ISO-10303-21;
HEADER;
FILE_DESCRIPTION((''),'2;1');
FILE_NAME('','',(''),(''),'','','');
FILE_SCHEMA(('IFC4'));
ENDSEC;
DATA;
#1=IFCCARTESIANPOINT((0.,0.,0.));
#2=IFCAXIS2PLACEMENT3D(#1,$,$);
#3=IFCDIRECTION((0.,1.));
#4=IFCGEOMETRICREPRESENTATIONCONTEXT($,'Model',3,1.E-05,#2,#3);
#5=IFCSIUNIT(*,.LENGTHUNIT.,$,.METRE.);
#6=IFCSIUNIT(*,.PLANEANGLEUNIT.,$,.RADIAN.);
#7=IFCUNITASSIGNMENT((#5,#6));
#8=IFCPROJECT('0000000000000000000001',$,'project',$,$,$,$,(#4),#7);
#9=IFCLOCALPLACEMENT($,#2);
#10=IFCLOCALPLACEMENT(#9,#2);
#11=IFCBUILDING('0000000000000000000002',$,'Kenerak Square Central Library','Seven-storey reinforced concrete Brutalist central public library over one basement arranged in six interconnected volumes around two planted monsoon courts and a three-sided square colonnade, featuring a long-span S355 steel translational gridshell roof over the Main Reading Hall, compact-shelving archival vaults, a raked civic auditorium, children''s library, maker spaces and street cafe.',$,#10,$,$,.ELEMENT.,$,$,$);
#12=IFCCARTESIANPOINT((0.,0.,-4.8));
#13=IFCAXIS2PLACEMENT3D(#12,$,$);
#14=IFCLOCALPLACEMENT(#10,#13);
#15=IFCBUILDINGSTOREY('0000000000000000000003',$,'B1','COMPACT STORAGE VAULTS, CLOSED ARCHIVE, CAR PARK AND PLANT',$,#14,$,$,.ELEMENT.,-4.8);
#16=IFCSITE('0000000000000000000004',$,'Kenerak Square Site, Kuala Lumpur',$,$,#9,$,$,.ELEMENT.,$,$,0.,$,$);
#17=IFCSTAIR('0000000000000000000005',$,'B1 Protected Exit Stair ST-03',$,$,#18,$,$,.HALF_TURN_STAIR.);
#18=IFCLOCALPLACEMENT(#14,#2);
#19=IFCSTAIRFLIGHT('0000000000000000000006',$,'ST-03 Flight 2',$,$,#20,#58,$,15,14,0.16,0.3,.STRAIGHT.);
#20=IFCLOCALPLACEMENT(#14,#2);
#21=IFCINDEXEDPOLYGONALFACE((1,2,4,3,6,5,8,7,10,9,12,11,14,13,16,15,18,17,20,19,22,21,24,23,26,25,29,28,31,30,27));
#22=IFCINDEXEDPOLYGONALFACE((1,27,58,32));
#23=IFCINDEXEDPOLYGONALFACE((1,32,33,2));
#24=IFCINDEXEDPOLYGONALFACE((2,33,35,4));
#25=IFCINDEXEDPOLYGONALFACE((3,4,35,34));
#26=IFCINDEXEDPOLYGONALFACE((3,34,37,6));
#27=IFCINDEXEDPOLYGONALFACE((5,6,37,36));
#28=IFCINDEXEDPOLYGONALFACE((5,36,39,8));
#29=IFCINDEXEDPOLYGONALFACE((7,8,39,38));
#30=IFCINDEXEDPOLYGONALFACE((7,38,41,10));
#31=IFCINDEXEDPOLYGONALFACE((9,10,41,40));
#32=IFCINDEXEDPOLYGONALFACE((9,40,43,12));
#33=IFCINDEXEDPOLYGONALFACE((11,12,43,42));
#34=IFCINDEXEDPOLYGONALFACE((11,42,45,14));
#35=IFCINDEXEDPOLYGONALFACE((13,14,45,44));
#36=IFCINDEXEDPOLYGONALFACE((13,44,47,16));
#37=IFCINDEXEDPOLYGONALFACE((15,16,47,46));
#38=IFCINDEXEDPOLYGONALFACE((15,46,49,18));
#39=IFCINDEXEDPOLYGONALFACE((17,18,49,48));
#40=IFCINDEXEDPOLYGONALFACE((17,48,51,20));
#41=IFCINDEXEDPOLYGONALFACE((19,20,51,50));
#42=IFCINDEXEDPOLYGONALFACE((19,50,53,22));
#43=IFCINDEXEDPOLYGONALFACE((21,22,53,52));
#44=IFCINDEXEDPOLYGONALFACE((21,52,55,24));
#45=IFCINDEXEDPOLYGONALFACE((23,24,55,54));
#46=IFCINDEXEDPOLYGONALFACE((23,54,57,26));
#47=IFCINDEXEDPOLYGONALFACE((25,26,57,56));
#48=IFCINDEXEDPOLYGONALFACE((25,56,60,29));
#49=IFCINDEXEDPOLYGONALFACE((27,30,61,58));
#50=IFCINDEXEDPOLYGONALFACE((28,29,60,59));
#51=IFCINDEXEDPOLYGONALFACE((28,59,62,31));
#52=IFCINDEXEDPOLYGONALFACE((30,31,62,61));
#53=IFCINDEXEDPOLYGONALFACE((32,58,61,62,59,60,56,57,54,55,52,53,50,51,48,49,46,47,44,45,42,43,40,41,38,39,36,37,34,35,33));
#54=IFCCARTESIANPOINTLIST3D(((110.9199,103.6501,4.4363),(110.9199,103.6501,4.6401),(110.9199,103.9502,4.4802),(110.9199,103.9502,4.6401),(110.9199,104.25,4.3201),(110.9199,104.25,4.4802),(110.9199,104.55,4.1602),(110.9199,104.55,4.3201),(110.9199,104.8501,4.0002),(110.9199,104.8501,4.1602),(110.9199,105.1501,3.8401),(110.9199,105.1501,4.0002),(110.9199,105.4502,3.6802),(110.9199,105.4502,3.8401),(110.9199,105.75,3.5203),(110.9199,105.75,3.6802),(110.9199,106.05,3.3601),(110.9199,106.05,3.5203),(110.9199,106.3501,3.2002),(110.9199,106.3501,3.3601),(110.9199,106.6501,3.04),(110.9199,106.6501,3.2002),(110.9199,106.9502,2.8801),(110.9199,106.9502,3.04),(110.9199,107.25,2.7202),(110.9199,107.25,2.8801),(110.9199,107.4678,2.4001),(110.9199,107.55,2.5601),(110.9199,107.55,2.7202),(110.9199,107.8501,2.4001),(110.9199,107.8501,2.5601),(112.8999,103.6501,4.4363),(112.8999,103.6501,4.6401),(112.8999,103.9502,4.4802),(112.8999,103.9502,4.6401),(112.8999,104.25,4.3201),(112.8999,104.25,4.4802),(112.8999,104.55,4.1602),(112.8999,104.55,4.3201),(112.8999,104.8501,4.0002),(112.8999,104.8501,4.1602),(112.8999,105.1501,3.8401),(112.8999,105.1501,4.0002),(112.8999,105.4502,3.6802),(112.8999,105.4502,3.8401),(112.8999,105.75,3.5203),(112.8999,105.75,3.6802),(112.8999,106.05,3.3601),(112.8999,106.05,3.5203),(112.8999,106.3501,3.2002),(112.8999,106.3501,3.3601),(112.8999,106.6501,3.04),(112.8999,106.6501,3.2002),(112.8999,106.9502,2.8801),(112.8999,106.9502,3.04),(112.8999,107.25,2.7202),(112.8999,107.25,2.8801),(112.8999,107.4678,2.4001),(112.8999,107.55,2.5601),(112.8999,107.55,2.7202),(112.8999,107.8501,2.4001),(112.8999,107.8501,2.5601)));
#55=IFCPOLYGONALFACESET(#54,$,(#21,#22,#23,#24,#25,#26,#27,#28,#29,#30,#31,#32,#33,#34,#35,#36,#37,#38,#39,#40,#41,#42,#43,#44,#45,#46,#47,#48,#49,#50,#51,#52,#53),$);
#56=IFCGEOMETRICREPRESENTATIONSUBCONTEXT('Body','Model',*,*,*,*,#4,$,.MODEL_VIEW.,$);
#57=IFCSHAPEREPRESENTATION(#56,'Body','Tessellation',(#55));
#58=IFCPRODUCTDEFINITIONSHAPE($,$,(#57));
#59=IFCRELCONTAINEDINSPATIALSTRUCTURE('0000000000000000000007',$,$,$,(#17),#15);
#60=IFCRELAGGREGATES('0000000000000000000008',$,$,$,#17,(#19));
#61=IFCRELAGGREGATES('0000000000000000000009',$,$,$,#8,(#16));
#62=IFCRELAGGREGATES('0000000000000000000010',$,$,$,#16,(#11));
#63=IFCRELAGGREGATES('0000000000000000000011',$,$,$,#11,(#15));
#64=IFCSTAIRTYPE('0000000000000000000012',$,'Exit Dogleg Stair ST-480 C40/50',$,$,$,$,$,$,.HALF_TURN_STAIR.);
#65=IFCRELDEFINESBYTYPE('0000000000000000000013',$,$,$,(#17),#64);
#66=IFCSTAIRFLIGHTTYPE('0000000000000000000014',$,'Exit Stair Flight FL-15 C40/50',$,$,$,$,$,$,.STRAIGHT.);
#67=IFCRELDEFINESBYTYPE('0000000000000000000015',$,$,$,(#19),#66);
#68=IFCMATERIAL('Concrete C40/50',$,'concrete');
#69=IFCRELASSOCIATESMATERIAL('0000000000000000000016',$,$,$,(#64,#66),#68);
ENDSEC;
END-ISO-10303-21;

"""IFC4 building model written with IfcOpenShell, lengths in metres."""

from ifc_helpers import new_model, si_unit, direction, frame, origin, place, context, subcontext, project, spatial, polyline, outline, extrude, material, type_object, element, aggregate, save


model = new_model("IFC4")

# Units and contexts
model_context = context("Model", 3, precision=1e-05, world=origin(), true_north=direction((0.0, 1.0)))
body_context = subcontext(model_context, "Body", "Model", "MODEL_VIEW")
ifc_project = project(units=[si_unit("LENGTHUNIT", "METRE"), si_unit("PLANEANGLEUNIT", "RADIAN")], contexts=[model_context])

# Site, building, storey
site_placement = place(None, origin())
site = spatial("IfcSite", under=ifc_project, at=site_placement, Name="Kenerak Square Site, Kuala Lumpur", CompositionType="ELEMENT", RefElevation=0.0)
building_placement = place(site_placement, origin())
building = spatial("IfcBuilding", under=site, at=building_placement, Name="Kenerak Square Central Library", Description="Seven-storey reinforced concrete Brutalist central public library over one basement arranged in six interconnected volumes around two planted monsoon courts and a three-sided square colonnade, featuring a long-span S355 steel translational gridshell roof over the Main Reading Hall, compact-shelving archival vaults, a raked civic auditorium, children's library, maker spaces and street cafe.", CompositionType="ELEMENT")
storey_placement = place(building_placement, frame((0.0, 0.0, -4.8)))
storey = spatial("IfcBuildingStorey", under=building, at=storey_placement, Name="B1", Description="COMPACT STORAGE VAULTS, CLOSED ARCHIVE, CAR PARK AND PLANT", CompositionType="ELEMENT", Elevation=-4.8)

# Shared definitions
ifc_material_1 = material(Name="Concrete C40/50", Category="concrete")

# Stair, stair flight
stair_type = type_object("IfcStairType", Name="Exit Dogleg Stair ST-480 C40/50", PredefinedType="HALF_TURN_STAIR", material=ifc_material_1)
stair_placement = place(storey_placement, origin())
stair = element("IfcStair", 1, at=stair_placement, inside=storey, type_object=stair_type, Name="B1 Protected Exit Stair ST-03", PredefinedType="HALF_TURN_STAIR")
stair_flight_type = type_object("IfcStairFlightType", Name="Exit Stair Flight FL-15 C40/50", PredefinedType="STRAIGHT", material=ifc_material_1)
stair_flight_placement = place(storey_placement, frame((111.9099, 107.8501, 2.4001), z_axis=(0.0, 0.0, 1.0), x_axis=(0.0, -1.0, 0.0)))
stair_flight = element("IfcStairFlight", 2, at=stair_flight_placement, type_object=stair_flight_type, Name="ST-03 Flight 2", NumberOfRisers=15, NumberOfTreads=14, PredefinedType="STRAIGHT", RiserHeight=0.16, TreadLength=0.3, context=body_context, shape_type="SweptSolid", body=[
    extrude(outline(polyline([(0.0, 0.0), (0.0, 0.1599), (0.3, 0.1599), (0.3, 0.3201), (0.6001, 0.3201), (0.6001, 0.48), (0.8999, 0.48), (0.8999, 0.6399), (1.2, 0.6399), (1.2, 0.8), (1.5, 0.8), (1.5, 0.96), (1.8, 0.96), (1.8, 1.1201), (2.1001, 1.1201), (2.1001, 1.28), (2.3999, 1.28), (2.3999, 1.4399), (2.7, 1.4399), (2.7, 1.6001), (3.0, 1.6001), (3.0, 1.76), (3.3, 1.76), (3.3, 1.9199), (3.6001, 1.9199), (3.6001, 2.0801), (3.8999, 2.0801), (3.8999, 2.24), (4.2, 2.24), (4.2, 2.3999), (4.2, 2.0361), (0.3823, 0.0), (0.0, 0.0)])), frame((0.0, 0.99, 0.0), z_axis=(0.0, -1.0, 0.0), x_axis=(1.0, 0.0, 0.0)), (0.0, 0.0, 1.0), 1.98),
])
aggregate(stair, [stair_flight])

save(model, "model.ifc")
